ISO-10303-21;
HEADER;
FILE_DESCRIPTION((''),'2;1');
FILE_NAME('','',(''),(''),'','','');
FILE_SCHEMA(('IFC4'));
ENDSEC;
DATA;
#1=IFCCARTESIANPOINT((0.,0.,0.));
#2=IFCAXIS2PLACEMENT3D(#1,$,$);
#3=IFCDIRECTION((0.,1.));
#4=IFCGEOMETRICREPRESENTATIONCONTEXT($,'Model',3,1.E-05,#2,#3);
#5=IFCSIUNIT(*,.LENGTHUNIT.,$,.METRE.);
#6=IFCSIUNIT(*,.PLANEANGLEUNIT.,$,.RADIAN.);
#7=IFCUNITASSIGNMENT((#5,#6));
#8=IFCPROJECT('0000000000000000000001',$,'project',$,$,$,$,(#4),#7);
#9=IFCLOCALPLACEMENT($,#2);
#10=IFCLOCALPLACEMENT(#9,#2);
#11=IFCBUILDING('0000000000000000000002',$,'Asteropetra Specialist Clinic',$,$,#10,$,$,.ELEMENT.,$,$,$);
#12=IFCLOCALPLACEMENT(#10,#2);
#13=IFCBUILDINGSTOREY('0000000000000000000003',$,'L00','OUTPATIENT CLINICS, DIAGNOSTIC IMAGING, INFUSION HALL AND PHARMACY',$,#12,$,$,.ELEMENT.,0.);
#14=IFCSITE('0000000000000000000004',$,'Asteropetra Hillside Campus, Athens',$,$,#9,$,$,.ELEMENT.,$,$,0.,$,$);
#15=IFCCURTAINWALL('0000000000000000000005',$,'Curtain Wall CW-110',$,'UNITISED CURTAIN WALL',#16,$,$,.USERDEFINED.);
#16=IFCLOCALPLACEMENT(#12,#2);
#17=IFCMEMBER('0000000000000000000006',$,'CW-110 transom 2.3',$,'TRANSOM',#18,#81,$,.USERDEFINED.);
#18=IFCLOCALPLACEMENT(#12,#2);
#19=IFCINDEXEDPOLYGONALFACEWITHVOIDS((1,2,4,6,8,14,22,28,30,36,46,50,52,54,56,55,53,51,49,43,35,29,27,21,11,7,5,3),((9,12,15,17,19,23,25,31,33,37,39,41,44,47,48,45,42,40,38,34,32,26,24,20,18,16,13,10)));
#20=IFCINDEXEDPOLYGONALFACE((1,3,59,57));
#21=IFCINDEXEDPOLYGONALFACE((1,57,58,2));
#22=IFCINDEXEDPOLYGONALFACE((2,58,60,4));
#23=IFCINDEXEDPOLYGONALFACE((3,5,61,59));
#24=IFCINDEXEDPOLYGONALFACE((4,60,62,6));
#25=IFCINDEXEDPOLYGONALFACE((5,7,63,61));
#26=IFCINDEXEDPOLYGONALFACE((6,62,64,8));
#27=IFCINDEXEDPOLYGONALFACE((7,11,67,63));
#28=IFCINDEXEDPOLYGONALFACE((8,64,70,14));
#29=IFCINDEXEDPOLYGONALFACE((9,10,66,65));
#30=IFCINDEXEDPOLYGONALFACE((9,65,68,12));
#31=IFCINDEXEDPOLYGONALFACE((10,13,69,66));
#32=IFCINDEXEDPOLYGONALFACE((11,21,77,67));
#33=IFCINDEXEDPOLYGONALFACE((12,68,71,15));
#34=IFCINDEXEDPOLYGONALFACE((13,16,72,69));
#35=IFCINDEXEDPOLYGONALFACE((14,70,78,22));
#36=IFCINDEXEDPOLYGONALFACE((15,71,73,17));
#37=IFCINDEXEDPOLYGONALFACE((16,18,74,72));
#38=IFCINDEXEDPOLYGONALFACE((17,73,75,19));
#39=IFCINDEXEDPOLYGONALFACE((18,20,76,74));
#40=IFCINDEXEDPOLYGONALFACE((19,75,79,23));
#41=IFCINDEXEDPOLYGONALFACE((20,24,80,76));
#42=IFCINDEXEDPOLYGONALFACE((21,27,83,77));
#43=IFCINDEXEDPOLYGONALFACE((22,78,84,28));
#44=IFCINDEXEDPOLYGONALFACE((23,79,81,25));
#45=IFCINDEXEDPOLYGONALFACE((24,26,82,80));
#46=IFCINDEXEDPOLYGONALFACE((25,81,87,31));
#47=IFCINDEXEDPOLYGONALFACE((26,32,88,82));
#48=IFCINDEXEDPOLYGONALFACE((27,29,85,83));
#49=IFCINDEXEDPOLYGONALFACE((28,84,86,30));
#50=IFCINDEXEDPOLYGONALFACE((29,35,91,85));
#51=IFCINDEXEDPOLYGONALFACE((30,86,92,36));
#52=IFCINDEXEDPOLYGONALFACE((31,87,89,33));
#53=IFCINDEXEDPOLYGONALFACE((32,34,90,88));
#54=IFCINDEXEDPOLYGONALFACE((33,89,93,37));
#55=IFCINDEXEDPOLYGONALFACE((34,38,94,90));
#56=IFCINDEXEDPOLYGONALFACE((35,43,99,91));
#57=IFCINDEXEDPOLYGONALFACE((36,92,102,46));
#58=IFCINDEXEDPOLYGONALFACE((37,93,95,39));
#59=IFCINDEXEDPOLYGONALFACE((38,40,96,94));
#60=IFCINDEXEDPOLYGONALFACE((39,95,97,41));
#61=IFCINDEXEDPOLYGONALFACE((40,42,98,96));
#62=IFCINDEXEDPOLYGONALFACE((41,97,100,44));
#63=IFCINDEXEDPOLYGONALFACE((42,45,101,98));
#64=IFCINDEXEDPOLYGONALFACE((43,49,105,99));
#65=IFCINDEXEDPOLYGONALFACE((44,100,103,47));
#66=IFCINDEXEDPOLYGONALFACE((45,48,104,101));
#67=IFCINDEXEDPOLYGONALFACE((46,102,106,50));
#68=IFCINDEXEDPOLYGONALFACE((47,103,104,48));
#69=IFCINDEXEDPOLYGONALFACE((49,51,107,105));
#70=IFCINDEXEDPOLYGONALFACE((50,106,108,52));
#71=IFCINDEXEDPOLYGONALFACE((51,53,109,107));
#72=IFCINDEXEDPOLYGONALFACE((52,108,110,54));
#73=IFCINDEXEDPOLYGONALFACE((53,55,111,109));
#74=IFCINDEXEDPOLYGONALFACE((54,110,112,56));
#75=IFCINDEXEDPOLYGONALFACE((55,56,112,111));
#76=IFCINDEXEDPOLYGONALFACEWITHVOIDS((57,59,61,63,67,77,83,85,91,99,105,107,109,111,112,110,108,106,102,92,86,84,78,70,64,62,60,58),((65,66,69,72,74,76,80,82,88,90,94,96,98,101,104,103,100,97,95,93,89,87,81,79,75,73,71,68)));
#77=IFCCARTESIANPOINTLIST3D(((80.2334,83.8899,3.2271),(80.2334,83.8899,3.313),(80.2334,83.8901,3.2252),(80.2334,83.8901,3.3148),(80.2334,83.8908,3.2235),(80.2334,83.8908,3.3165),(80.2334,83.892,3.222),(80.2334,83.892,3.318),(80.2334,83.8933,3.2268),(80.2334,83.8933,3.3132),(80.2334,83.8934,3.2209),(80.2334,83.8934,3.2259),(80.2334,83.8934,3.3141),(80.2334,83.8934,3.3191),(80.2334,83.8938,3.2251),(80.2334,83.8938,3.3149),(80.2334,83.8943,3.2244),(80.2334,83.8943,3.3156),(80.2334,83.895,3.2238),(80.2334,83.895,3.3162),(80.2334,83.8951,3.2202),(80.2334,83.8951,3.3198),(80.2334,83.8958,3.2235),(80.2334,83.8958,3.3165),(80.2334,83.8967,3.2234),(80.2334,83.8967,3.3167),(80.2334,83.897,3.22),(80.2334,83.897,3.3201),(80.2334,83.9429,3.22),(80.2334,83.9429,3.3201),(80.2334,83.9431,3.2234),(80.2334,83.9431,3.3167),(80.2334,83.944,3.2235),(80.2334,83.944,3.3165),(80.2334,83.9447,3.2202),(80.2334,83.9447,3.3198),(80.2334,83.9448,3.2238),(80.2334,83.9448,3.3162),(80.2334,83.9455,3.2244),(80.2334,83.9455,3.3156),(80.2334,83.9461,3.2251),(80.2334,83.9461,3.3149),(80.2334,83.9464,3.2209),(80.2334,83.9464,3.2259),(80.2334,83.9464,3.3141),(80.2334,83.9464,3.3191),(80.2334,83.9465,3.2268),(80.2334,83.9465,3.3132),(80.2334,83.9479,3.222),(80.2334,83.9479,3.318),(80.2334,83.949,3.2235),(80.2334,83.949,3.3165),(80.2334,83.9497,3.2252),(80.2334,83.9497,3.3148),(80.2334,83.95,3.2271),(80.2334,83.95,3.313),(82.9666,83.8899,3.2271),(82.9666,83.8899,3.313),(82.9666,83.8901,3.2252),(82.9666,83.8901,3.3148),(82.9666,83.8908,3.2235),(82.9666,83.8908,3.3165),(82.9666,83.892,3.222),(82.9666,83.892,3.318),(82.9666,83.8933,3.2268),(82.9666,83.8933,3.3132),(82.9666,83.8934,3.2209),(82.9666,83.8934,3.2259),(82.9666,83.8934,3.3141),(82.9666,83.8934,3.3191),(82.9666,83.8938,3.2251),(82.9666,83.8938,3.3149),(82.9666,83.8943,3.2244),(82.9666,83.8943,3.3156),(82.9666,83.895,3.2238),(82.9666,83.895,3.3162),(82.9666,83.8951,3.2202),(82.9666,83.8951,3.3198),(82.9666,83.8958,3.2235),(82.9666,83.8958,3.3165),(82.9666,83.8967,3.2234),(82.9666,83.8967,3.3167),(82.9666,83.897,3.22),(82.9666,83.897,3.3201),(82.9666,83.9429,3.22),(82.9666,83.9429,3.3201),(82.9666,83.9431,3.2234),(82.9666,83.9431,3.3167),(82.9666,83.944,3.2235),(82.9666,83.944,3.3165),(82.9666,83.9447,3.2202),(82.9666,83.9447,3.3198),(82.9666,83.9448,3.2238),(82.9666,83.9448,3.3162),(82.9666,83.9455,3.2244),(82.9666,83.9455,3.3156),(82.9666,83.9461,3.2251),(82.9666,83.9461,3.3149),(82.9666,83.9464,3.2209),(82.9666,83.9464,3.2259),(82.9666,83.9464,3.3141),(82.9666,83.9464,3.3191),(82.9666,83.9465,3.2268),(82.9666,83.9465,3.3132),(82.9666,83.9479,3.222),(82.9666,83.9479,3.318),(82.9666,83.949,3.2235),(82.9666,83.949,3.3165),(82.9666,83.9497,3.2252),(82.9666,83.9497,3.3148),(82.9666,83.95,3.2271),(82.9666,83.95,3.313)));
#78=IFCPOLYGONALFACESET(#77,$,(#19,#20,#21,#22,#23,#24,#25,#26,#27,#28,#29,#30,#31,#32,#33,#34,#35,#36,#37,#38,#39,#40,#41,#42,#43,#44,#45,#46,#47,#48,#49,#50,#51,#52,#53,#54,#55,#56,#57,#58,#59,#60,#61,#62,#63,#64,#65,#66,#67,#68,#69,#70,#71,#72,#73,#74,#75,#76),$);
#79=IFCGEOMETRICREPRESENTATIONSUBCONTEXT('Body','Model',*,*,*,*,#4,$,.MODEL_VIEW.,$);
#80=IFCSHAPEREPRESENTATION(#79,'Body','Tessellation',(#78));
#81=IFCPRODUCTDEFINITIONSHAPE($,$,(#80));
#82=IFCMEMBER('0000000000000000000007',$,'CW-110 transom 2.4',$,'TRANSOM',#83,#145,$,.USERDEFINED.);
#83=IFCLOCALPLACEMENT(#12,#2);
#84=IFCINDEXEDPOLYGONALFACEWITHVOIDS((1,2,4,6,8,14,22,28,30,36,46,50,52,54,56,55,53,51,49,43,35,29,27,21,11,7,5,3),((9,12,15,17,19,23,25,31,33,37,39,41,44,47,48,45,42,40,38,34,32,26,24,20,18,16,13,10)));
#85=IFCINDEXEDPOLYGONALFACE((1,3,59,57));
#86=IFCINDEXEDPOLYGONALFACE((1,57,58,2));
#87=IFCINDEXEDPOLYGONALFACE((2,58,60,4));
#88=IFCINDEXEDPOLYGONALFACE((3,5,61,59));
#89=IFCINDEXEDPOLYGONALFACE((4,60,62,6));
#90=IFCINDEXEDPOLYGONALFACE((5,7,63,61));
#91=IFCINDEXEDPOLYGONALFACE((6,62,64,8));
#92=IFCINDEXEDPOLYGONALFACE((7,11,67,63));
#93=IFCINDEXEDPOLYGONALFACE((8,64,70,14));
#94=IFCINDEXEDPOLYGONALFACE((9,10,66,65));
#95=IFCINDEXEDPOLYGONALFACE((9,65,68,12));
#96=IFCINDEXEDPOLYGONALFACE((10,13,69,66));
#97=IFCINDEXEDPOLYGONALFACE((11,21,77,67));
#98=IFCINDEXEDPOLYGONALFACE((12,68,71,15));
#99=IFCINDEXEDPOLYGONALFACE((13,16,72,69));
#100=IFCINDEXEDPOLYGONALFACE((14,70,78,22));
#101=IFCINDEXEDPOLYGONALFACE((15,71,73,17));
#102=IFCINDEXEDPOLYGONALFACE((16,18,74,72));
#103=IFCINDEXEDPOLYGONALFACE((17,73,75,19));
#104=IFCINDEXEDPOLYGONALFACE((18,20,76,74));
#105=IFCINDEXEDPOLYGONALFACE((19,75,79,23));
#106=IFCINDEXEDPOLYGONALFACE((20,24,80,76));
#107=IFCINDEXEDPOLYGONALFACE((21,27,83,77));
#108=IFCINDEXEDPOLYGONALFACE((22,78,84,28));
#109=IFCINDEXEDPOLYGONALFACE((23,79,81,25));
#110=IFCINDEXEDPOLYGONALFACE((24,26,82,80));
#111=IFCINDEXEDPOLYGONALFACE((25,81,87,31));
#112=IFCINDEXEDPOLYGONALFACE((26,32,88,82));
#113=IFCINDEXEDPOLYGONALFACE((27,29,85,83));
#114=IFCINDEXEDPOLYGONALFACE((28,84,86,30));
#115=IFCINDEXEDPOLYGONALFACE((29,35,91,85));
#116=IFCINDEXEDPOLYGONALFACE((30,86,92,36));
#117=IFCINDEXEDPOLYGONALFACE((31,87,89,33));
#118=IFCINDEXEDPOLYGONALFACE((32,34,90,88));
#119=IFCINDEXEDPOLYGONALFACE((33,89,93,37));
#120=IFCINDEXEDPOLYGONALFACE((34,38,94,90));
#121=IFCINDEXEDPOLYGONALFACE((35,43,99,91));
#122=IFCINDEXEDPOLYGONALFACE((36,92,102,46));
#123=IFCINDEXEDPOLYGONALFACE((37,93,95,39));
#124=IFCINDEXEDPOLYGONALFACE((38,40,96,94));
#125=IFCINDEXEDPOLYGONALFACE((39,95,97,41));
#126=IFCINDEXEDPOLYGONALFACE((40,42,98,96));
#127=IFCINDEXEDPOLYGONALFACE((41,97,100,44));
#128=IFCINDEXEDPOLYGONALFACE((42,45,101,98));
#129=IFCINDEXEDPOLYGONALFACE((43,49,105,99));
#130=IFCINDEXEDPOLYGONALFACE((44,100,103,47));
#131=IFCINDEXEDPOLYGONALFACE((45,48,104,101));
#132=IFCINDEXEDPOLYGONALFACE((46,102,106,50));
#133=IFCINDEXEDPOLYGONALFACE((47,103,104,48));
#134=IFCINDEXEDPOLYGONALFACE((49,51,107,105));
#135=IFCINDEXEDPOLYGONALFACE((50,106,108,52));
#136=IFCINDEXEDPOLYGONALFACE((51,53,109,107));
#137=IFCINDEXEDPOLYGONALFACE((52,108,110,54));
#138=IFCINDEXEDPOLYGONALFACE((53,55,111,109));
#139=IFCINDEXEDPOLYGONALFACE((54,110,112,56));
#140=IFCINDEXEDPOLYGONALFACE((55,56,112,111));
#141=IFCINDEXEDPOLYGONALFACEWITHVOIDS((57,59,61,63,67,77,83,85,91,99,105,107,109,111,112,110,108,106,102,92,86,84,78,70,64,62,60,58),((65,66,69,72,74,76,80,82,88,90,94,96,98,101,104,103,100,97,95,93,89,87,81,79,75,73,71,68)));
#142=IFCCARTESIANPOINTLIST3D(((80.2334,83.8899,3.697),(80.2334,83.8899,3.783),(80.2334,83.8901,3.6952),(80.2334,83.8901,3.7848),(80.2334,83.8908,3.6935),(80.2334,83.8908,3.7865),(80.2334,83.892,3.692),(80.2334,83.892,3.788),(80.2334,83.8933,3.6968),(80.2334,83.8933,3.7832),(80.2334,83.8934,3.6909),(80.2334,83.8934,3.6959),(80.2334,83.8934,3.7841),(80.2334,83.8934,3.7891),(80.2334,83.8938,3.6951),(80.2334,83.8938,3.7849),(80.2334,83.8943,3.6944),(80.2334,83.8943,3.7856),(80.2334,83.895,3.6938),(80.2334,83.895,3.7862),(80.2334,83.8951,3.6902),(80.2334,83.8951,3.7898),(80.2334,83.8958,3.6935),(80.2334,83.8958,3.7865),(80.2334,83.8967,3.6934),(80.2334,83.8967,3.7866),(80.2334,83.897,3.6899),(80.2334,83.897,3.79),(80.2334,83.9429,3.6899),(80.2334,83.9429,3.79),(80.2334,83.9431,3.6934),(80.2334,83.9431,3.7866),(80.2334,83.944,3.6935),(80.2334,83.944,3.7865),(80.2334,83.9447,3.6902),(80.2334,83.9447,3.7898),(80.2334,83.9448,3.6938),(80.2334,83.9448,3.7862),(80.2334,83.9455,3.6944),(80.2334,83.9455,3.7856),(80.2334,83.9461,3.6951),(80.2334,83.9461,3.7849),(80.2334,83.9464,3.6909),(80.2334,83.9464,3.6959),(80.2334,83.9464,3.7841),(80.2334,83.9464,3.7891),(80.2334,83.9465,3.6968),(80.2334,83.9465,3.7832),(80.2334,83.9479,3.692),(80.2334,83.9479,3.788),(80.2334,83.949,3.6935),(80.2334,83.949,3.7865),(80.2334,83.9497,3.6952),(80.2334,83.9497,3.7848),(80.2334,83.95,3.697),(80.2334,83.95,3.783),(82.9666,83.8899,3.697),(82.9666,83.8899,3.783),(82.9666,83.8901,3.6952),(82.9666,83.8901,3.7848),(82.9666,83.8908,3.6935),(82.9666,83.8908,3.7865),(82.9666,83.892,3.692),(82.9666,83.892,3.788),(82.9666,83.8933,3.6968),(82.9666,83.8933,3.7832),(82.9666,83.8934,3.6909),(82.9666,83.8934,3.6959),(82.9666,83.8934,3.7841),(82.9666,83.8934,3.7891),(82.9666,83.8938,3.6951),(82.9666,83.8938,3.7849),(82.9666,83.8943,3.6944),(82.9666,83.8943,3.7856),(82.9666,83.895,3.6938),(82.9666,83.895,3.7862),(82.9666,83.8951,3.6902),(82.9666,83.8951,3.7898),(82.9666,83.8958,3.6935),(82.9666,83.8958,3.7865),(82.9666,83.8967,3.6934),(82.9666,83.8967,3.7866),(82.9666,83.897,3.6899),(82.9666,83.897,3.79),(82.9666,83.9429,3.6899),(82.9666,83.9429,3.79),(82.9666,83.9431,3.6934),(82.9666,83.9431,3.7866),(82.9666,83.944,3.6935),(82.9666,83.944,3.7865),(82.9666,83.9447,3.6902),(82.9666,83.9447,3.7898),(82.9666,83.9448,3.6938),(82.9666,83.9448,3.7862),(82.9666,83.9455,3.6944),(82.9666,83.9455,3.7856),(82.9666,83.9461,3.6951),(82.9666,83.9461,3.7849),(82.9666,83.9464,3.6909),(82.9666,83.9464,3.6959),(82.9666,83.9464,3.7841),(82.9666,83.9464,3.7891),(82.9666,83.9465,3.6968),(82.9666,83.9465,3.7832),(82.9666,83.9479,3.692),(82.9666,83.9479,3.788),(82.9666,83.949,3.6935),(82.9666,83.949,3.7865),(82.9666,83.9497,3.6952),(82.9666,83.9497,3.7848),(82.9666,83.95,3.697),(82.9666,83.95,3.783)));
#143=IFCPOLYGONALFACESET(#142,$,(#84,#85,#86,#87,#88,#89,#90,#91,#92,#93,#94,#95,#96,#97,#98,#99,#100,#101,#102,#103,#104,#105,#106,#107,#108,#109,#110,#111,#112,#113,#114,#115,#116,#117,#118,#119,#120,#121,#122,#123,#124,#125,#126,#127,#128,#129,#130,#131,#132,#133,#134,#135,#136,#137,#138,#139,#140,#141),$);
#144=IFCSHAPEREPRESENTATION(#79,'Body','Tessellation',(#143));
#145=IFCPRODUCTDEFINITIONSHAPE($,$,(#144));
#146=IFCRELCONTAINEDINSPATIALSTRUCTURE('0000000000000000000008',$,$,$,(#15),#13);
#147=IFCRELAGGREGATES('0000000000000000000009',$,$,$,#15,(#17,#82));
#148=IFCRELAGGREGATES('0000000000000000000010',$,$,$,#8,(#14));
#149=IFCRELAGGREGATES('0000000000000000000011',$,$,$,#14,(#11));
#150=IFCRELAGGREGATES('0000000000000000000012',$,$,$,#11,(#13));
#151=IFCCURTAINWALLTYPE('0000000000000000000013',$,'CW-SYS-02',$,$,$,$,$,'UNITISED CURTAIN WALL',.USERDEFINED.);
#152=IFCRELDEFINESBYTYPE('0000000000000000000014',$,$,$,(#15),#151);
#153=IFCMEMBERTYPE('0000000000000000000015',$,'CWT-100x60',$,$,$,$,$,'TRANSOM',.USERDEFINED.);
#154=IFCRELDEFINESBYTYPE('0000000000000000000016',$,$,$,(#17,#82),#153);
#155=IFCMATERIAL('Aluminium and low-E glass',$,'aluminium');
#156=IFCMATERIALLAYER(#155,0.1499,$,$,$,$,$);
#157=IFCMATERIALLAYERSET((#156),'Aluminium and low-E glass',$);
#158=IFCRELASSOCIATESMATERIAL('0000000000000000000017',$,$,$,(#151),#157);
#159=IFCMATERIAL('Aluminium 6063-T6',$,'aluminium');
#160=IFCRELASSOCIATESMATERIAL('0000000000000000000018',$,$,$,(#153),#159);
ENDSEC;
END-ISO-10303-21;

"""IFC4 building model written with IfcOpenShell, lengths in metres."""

from ifc_helpers import new_model, si_unit, direction, frame, origin, origin_2d, place, context, subcontext, project, spatial, hollow_rectangle, extrude, material, layer, layer_set, material_profile, profile_set, type_object, element, aggregate, save


model = new_model("IFC4")

# Units and contexts
model_context = context("Model", 3, precision=1e-05, world=origin(), true_north=direction((0.0, 1.0)))
body_context = subcontext(model_context, "Body", "Model", "MODEL_VIEW")
ifc_project = project(units=[si_unit("LENGTHUNIT", "METRE"), si_unit("PLANEANGLEUNIT", "RADIAN")], contexts=[model_context])

# Site, building, storey
site_placement = place(None, origin())
site = spatial("IfcSite", under=ifc_project, at=site_placement, Name="Asteropetra Hillside Campus, Athens", CompositionType="ELEMENT", RefElevation=0.0)
building_placement = place(site_placement, origin())
building = spatial("IfcBuilding", under=site, at=building_placement, Name="Asteropetra Specialist Clinic", CompositionType="ELEMENT")
storey_placement = place(building_placement, origin())
storey = spatial("IfcBuildingStorey", under=building, at=storey_placement, Name="L00", Description="OUTPATIENT CLINICS, DIAGNOSTIC IMAGING, INFUSION HALL AND PHARMACY", CompositionType="ELEMENT", Elevation=0.0)

# Curtain wall
ifc_material_1 = material(Name="Aluminium and low-E glass", Category="aluminium")
ifc_layer_1 = layer(ifc_material_1, 0.1499)
ifc_layer_set_1 = layer_set([ifc_layer_1], Name="Aluminium and low-E glass")
curtain_wall_type_1 = type_object("IfcCurtainWallType", Name="CW-SYS-02", ElementType="UNITISED CURTAIN WALL", PredefinedType="USERDEFINED", material=ifc_layer_set_1)
curtain_wall_1_placement = place(storey_placement, origin())
curtain_wall_1 = element("IfcCurtainWall", 1, at=curtain_wall_1_placement, inside=storey, type_object=curtain_wall_type_1, Name="Curtain Wall CW-110", ObjectType="UNITISED CURTAIN WALL", PredefinedType="USERDEFINED")

# Members
ifc_material_2 = material(Name="Aluminium 6063-T6", Category="aluminium")
ifc_material_profile_1 = material_profile(ifc_material_2, hollow_rectangle(XDim=0.0601, YDim=0.1001, WallThickness=0.0034, InnerFilletRadius=0.0034, OuterFilletRadius=0.0071, at=origin_2d()), Name="TRN 100x60x3.5")
ifc_profile_set_1 = profile_set([ifc_material_profile_1], Name="Aluminium 6063-T6")
member_type_1 = type_object("IfcMemberType", Name="CWT-100x60", ElementType="TRANSOM", PredefinedType="USERDEFINED", material=ifc_profile_set_1)
member_1_placement = place(storey_placement, frame((82.9666, 83.9199, 3.27), z_axis=(-1.0, 0.0, 0.0), x_axis=(0.0, -1.0, 0.0)))
member_1 = element("IfcMember", 2, at=member_1_placement, type_object=member_type_1, Name="CW-110 transom 2.3", ObjectType="TRANSOM", PredefinedType="USERDEFINED", context=body_context, shape_type="SweptSolid", body=[
    extrude(hollow_rectangle(XDim=0.0601, YDim=0.1001, WallThickness=0.0034, InnerFilletRadius=0.0034, OuterFilletRadius=0.0071, at=origin_2d()), origin(), (0.0, 0.0, 1.0), 2.7332),
])
member_2_placement = place(storey_placement, frame((82.9666, 83.9199, 3.74), z_axis=(-1.0, 0.0, 0.0), x_axis=(0.0, -1.0, 0.0)))
member_2 = element("IfcMember", 3, at=member_2_placement, type_object=member_type_1, Name="CW-110 transom 2.4", ObjectType="TRANSOM", PredefinedType="USERDEFINED", context=body_context, shape_type="SweptSolid", body=[
    extrude(hollow_rectangle(XDim=0.0601, YDim=0.1001, WallThickness=0.0034, InnerFilletRadius=0.0034, OuterFilletRadius=0.0071, at=origin_2d()), origin(), (0.0, 0.0, 1.0), 2.7332),
])

aggregate(curtain_wall_1, [member_1, member_2])

save(model, "model.ifc")
